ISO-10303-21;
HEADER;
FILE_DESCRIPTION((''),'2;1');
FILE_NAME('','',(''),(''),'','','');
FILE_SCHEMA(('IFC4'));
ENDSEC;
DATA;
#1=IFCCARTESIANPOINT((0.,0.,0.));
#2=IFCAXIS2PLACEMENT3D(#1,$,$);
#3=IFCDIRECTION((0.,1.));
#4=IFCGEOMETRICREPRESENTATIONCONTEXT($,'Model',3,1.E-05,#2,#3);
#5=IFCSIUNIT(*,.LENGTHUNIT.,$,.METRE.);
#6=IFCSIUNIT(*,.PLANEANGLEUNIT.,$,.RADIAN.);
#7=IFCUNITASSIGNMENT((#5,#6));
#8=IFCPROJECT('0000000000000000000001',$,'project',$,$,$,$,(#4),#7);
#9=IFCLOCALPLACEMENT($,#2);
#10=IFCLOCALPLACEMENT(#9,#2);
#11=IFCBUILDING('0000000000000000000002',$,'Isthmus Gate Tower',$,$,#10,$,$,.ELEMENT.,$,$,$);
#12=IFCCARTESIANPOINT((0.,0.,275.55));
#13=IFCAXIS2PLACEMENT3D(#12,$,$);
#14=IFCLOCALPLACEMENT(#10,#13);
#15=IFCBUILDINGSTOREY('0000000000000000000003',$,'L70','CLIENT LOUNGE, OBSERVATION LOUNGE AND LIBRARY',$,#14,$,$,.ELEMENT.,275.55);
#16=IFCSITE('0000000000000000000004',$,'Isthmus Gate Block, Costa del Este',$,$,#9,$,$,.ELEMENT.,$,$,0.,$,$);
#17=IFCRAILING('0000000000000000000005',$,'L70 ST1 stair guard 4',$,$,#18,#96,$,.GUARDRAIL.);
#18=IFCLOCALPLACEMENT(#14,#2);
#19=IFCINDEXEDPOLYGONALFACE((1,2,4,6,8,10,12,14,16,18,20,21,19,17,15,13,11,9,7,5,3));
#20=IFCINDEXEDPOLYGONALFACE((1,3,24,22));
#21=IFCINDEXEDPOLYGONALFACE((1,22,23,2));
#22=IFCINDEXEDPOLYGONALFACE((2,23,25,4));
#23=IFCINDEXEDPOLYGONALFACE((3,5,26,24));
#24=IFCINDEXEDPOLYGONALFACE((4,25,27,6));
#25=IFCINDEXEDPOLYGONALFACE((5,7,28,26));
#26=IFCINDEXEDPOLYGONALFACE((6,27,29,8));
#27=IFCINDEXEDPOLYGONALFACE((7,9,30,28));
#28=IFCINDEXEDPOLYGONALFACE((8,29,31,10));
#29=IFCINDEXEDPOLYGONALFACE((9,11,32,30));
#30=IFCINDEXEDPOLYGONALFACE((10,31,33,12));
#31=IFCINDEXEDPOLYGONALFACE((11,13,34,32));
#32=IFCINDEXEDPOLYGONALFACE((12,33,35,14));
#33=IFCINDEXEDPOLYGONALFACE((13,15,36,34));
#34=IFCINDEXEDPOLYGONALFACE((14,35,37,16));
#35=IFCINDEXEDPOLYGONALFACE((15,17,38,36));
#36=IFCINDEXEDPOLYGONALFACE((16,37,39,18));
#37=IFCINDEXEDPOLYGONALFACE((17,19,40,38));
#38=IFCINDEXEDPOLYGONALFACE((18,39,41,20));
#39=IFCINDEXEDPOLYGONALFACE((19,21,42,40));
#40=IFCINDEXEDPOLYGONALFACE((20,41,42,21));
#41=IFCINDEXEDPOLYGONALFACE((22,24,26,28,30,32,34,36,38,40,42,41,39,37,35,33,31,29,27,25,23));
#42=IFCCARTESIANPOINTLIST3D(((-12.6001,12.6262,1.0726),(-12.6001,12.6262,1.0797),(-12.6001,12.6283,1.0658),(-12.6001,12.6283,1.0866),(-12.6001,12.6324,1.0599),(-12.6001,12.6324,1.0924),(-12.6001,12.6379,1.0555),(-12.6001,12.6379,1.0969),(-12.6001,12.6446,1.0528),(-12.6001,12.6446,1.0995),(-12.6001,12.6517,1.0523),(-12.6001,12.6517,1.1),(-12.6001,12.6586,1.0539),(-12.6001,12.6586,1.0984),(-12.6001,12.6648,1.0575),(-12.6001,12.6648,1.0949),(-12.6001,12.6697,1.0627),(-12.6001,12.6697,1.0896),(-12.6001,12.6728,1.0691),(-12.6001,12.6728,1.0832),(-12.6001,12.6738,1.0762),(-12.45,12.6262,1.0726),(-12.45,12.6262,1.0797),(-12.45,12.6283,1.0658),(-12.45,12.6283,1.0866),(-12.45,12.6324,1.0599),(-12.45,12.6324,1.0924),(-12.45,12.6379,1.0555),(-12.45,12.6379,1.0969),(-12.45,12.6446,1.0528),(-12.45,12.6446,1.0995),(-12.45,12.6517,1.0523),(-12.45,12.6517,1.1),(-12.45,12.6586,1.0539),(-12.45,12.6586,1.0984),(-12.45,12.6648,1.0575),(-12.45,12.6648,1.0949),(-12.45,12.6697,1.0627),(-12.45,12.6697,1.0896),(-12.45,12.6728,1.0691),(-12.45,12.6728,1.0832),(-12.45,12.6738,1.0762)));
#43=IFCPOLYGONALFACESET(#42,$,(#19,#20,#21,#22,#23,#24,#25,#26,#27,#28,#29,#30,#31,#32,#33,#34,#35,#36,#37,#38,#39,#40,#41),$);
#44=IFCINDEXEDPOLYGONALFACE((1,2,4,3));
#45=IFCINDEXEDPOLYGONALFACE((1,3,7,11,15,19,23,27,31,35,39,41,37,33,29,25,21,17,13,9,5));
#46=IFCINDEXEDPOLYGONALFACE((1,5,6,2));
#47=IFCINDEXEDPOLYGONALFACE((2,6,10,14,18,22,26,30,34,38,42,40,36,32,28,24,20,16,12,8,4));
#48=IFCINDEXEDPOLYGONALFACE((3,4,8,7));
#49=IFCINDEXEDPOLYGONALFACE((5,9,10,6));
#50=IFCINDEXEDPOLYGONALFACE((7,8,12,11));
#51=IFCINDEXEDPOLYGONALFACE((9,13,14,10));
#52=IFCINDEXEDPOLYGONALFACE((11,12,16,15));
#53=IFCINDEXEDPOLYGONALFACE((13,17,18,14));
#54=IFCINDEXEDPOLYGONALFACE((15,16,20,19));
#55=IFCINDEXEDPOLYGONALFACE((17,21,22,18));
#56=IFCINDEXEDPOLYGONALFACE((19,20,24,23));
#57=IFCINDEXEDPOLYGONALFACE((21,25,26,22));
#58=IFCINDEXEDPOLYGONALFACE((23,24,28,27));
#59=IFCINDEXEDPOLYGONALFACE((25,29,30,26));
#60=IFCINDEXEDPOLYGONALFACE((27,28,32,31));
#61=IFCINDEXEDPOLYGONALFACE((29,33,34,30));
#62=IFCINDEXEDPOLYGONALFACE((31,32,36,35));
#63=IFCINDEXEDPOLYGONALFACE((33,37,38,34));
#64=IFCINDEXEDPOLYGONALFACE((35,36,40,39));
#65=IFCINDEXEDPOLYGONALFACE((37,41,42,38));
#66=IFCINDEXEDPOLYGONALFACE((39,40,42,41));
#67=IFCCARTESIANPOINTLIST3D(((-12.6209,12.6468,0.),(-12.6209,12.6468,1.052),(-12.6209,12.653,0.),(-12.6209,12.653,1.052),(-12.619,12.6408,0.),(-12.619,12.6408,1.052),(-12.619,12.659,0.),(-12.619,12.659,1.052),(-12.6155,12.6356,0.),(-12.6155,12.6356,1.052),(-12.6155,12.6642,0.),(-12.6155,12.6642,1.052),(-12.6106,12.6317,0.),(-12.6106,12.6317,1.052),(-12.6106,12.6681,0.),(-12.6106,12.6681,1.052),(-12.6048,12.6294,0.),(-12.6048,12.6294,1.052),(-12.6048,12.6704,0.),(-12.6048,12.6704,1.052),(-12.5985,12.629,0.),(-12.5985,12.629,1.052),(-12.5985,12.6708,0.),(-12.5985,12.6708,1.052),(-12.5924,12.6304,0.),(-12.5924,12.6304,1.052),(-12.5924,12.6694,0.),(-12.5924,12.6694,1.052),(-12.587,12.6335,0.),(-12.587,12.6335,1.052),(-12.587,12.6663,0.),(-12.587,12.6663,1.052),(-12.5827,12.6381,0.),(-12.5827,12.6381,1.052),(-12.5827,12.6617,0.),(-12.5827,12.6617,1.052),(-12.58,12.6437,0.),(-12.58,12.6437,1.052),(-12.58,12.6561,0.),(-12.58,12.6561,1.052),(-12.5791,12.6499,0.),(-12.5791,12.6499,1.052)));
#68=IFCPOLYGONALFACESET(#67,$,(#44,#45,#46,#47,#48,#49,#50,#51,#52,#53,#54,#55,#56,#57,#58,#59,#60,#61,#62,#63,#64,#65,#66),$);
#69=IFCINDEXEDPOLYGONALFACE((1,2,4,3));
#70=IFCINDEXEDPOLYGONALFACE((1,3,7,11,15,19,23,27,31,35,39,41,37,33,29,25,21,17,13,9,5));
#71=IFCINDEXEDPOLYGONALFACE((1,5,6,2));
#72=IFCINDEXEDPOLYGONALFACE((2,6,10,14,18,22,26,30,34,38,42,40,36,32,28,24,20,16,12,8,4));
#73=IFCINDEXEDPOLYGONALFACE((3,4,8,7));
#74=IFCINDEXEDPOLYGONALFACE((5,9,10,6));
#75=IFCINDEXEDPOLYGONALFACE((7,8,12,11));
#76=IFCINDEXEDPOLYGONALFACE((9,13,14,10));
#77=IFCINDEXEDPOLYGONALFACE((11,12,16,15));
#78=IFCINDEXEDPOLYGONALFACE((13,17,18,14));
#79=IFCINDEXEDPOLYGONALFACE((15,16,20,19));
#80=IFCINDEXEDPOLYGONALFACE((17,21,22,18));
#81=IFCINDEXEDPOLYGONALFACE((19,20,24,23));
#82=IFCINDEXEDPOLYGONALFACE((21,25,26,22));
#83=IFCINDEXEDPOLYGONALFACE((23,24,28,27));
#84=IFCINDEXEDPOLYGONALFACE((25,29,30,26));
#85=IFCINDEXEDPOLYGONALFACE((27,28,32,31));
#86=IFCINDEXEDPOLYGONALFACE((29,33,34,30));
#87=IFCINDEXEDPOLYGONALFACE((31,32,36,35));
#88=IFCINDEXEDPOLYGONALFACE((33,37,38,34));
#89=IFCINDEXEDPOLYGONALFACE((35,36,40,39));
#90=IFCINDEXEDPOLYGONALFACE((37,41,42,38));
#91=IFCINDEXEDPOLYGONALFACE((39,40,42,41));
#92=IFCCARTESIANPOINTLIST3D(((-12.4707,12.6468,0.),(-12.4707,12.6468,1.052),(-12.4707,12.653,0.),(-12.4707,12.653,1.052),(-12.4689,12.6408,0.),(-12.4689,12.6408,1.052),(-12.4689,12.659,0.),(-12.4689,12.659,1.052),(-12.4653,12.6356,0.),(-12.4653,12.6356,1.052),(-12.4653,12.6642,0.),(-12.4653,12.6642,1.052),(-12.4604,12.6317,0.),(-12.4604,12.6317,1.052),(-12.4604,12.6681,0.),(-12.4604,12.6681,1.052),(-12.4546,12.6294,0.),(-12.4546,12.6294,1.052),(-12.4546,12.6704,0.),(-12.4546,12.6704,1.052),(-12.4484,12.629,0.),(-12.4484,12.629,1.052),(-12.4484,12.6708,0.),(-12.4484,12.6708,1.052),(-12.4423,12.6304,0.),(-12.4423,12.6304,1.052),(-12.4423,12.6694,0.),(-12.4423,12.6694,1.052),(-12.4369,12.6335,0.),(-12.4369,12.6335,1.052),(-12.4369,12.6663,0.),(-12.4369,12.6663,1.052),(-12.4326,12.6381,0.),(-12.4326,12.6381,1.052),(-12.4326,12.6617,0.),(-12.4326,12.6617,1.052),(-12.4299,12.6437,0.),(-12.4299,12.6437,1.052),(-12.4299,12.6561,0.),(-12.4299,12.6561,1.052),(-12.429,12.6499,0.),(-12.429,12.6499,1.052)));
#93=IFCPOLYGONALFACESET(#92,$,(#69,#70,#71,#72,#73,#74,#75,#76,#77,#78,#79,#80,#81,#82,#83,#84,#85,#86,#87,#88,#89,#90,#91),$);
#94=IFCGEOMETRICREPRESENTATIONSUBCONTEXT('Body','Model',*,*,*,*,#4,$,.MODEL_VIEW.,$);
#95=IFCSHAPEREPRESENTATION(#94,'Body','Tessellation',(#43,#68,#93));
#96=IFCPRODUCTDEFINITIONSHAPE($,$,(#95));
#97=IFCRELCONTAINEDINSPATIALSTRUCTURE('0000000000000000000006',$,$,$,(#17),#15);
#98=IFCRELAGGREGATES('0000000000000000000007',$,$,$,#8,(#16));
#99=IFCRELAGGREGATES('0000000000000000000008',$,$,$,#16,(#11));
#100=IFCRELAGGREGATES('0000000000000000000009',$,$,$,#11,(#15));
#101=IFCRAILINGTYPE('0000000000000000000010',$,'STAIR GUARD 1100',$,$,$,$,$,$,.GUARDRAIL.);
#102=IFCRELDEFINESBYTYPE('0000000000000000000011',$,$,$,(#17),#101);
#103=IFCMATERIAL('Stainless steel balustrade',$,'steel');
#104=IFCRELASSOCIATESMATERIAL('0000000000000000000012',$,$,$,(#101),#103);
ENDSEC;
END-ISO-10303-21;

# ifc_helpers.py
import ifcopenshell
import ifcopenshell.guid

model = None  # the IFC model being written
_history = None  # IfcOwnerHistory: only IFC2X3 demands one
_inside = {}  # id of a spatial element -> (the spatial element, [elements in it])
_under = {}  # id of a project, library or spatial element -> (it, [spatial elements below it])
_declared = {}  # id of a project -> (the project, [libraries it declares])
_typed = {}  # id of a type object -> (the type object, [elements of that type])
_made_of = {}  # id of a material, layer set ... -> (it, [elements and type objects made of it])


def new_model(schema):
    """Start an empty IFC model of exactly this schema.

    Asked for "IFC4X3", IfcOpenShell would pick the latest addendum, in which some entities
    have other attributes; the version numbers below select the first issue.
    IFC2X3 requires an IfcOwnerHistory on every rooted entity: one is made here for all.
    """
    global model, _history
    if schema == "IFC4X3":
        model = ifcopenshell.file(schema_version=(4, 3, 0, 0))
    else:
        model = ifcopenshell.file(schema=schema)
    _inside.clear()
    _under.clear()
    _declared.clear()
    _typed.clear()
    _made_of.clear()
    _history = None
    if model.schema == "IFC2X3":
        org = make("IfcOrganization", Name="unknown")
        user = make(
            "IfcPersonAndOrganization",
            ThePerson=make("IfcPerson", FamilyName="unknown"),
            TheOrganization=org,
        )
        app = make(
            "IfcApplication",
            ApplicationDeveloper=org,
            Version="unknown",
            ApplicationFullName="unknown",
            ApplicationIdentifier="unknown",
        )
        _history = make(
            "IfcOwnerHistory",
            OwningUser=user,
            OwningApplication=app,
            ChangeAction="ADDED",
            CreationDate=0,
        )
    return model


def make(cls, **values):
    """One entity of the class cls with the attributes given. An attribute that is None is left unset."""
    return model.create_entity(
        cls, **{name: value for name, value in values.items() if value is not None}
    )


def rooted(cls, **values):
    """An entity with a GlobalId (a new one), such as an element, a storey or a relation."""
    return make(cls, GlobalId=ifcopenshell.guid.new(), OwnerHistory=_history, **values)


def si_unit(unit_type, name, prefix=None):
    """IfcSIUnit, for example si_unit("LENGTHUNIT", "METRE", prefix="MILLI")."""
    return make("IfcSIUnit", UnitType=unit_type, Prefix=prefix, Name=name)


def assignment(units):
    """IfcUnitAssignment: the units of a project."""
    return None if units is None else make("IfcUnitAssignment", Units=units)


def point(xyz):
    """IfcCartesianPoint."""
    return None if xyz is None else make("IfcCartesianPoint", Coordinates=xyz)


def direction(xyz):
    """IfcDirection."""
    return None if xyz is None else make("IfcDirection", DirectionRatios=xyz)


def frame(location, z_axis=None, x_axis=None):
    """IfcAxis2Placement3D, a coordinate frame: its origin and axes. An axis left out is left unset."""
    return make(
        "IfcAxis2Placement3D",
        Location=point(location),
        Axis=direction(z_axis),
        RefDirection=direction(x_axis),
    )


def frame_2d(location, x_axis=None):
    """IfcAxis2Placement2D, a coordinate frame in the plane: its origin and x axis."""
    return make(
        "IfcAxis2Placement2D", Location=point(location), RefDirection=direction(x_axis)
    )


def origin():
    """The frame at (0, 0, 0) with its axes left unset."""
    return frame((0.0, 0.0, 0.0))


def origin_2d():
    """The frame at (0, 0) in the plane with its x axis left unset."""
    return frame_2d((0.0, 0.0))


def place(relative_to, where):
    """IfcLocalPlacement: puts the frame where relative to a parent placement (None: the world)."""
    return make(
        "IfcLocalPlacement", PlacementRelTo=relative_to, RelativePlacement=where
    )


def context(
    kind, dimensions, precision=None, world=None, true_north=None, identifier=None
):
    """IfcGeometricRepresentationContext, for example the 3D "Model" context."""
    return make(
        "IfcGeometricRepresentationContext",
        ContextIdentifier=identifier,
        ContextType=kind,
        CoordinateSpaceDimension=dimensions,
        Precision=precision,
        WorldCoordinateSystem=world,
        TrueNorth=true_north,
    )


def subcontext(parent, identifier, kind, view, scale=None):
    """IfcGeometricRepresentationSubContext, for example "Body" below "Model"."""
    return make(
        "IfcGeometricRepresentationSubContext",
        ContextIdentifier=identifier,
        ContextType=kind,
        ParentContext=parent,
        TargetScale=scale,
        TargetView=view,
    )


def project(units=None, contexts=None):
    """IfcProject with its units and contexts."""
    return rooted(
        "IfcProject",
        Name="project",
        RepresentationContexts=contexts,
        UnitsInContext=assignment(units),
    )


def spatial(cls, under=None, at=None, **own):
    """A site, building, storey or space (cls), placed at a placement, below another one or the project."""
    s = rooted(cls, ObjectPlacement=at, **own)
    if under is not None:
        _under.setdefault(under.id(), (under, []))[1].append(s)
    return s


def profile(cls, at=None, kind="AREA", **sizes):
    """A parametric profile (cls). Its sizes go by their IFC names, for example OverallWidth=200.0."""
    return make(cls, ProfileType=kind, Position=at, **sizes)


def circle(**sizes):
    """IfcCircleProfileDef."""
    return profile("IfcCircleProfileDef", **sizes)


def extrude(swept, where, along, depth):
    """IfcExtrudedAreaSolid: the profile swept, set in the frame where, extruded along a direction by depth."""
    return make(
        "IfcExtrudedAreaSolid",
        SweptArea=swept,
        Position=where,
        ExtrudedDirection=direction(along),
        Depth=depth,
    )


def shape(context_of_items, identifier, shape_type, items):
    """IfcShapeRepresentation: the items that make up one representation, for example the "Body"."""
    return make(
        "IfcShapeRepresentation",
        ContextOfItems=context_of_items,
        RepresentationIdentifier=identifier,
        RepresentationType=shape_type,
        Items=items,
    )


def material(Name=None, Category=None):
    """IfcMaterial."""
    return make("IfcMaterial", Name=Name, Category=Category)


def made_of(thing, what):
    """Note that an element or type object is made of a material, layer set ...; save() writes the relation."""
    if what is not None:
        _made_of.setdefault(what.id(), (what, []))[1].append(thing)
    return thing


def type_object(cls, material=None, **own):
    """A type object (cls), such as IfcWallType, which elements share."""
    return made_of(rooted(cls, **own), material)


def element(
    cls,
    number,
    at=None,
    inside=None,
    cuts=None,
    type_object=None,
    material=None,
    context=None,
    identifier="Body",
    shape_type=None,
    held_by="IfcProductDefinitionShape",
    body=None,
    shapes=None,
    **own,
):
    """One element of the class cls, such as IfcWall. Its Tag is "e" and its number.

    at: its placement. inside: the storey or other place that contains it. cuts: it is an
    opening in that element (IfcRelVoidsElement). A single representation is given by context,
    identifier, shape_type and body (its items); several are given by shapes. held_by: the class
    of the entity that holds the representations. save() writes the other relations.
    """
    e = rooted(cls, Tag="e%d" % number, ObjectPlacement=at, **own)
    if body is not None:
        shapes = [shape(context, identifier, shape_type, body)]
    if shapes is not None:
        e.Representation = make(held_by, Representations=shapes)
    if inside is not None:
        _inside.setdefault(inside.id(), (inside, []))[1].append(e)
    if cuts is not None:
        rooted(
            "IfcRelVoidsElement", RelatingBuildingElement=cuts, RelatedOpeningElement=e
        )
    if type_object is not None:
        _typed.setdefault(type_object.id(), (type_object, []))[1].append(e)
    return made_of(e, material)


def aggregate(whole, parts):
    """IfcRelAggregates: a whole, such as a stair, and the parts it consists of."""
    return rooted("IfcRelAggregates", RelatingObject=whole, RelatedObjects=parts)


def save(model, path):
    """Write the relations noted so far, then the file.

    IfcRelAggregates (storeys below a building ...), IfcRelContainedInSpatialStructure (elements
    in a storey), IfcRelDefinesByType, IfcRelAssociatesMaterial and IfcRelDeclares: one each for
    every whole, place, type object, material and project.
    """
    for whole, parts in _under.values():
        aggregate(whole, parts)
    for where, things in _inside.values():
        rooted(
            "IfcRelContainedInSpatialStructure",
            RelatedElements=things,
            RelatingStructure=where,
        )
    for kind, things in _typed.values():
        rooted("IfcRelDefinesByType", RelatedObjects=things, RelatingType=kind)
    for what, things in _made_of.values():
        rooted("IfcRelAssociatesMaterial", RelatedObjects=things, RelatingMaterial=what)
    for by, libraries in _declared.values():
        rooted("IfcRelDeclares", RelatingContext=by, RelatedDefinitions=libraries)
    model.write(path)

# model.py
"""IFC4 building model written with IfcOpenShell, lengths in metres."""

from ifc_helpers import new_model, si_unit, direction, frame, origin, origin_2d, place, context, subcontext, project, spatial, circle, extrude, material, type_object, element, save


model = new_model("IFC4")

# Units and contexts
model_context = context("Model", 3, precision=1e-05, world=origin(), true_north=direction((0.0, 1.0)))
body_context = subcontext(model_context, "Body", "Model", "MODEL_VIEW")
ifc_project = project(units=[si_unit("LENGTHUNIT", "METRE"), si_unit("PLANEANGLEUNIT", "RADIAN")], contexts=[model_context])

# Site, building, storey
site_placement = place(None, origin())
site = spatial("IfcSite", under=ifc_project, at=site_placement, Name="Isthmus Gate Block, Costa del Este", CompositionType="ELEMENT", RefElevation=0.0)
building_placement = place(site_placement, origin())
building = spatial("IfcBuilding", under=site, at=building_placement, Name="Isthmus Gate Tower", CompositionType="ELEMENT")
storey_placement = place(building_placement, frame((0.0, 0.0, 275.55)))
storey = spatial("IfcBuildingStorey", under=building, at=storey_placement, Name="L70", Description="CLIENT LOUNGE, OBSERVATION LOUNGE AND LIBRARY", CompositionType="ELEMENT", Elevation=275.55)

# Railing
ifc_material_1 = material(Name="Stainless steel balustrade", Category="steel")
railing_type = type_object("IfcRailingType", Name="STAIR GUARD 1100", PredefinedType="GUARDRAIL", material=ifc_material_1)
railing_1_placement = place(storey_placement, frame((-12.6001, 12.6499, 0.0)))
element("IfcRailing", 1, at=railing_1_placement, inside=storey, type_object=railing_type, Name="L70 ST1 stair guard 4", PredefinedType="GUARDRAIL", context=body_context, shape_type="SweptSolid", body=[
    extrude(circle(Radius=0.0239, at=origin_2d()), frame((0.0, 0.0, 1.0762), z_axis=(1.0, 0.0, 0.0), x_axis=(0.0, 1.0, 0.0)), (0.0, 0.0, 1.0), 0.1501),
    extrude(circle(Radius=0.021, at=origin_2d()), origin(), (0.0, 0.0, 1.0), 1.052),
    extrude(circle(Radius=0.021, at=origin_2d()), frame((0.1501, 0.0, 0.0)), (0.0, 0.0, 1.0), 1.052),
])

save(model, "model.ifc")
